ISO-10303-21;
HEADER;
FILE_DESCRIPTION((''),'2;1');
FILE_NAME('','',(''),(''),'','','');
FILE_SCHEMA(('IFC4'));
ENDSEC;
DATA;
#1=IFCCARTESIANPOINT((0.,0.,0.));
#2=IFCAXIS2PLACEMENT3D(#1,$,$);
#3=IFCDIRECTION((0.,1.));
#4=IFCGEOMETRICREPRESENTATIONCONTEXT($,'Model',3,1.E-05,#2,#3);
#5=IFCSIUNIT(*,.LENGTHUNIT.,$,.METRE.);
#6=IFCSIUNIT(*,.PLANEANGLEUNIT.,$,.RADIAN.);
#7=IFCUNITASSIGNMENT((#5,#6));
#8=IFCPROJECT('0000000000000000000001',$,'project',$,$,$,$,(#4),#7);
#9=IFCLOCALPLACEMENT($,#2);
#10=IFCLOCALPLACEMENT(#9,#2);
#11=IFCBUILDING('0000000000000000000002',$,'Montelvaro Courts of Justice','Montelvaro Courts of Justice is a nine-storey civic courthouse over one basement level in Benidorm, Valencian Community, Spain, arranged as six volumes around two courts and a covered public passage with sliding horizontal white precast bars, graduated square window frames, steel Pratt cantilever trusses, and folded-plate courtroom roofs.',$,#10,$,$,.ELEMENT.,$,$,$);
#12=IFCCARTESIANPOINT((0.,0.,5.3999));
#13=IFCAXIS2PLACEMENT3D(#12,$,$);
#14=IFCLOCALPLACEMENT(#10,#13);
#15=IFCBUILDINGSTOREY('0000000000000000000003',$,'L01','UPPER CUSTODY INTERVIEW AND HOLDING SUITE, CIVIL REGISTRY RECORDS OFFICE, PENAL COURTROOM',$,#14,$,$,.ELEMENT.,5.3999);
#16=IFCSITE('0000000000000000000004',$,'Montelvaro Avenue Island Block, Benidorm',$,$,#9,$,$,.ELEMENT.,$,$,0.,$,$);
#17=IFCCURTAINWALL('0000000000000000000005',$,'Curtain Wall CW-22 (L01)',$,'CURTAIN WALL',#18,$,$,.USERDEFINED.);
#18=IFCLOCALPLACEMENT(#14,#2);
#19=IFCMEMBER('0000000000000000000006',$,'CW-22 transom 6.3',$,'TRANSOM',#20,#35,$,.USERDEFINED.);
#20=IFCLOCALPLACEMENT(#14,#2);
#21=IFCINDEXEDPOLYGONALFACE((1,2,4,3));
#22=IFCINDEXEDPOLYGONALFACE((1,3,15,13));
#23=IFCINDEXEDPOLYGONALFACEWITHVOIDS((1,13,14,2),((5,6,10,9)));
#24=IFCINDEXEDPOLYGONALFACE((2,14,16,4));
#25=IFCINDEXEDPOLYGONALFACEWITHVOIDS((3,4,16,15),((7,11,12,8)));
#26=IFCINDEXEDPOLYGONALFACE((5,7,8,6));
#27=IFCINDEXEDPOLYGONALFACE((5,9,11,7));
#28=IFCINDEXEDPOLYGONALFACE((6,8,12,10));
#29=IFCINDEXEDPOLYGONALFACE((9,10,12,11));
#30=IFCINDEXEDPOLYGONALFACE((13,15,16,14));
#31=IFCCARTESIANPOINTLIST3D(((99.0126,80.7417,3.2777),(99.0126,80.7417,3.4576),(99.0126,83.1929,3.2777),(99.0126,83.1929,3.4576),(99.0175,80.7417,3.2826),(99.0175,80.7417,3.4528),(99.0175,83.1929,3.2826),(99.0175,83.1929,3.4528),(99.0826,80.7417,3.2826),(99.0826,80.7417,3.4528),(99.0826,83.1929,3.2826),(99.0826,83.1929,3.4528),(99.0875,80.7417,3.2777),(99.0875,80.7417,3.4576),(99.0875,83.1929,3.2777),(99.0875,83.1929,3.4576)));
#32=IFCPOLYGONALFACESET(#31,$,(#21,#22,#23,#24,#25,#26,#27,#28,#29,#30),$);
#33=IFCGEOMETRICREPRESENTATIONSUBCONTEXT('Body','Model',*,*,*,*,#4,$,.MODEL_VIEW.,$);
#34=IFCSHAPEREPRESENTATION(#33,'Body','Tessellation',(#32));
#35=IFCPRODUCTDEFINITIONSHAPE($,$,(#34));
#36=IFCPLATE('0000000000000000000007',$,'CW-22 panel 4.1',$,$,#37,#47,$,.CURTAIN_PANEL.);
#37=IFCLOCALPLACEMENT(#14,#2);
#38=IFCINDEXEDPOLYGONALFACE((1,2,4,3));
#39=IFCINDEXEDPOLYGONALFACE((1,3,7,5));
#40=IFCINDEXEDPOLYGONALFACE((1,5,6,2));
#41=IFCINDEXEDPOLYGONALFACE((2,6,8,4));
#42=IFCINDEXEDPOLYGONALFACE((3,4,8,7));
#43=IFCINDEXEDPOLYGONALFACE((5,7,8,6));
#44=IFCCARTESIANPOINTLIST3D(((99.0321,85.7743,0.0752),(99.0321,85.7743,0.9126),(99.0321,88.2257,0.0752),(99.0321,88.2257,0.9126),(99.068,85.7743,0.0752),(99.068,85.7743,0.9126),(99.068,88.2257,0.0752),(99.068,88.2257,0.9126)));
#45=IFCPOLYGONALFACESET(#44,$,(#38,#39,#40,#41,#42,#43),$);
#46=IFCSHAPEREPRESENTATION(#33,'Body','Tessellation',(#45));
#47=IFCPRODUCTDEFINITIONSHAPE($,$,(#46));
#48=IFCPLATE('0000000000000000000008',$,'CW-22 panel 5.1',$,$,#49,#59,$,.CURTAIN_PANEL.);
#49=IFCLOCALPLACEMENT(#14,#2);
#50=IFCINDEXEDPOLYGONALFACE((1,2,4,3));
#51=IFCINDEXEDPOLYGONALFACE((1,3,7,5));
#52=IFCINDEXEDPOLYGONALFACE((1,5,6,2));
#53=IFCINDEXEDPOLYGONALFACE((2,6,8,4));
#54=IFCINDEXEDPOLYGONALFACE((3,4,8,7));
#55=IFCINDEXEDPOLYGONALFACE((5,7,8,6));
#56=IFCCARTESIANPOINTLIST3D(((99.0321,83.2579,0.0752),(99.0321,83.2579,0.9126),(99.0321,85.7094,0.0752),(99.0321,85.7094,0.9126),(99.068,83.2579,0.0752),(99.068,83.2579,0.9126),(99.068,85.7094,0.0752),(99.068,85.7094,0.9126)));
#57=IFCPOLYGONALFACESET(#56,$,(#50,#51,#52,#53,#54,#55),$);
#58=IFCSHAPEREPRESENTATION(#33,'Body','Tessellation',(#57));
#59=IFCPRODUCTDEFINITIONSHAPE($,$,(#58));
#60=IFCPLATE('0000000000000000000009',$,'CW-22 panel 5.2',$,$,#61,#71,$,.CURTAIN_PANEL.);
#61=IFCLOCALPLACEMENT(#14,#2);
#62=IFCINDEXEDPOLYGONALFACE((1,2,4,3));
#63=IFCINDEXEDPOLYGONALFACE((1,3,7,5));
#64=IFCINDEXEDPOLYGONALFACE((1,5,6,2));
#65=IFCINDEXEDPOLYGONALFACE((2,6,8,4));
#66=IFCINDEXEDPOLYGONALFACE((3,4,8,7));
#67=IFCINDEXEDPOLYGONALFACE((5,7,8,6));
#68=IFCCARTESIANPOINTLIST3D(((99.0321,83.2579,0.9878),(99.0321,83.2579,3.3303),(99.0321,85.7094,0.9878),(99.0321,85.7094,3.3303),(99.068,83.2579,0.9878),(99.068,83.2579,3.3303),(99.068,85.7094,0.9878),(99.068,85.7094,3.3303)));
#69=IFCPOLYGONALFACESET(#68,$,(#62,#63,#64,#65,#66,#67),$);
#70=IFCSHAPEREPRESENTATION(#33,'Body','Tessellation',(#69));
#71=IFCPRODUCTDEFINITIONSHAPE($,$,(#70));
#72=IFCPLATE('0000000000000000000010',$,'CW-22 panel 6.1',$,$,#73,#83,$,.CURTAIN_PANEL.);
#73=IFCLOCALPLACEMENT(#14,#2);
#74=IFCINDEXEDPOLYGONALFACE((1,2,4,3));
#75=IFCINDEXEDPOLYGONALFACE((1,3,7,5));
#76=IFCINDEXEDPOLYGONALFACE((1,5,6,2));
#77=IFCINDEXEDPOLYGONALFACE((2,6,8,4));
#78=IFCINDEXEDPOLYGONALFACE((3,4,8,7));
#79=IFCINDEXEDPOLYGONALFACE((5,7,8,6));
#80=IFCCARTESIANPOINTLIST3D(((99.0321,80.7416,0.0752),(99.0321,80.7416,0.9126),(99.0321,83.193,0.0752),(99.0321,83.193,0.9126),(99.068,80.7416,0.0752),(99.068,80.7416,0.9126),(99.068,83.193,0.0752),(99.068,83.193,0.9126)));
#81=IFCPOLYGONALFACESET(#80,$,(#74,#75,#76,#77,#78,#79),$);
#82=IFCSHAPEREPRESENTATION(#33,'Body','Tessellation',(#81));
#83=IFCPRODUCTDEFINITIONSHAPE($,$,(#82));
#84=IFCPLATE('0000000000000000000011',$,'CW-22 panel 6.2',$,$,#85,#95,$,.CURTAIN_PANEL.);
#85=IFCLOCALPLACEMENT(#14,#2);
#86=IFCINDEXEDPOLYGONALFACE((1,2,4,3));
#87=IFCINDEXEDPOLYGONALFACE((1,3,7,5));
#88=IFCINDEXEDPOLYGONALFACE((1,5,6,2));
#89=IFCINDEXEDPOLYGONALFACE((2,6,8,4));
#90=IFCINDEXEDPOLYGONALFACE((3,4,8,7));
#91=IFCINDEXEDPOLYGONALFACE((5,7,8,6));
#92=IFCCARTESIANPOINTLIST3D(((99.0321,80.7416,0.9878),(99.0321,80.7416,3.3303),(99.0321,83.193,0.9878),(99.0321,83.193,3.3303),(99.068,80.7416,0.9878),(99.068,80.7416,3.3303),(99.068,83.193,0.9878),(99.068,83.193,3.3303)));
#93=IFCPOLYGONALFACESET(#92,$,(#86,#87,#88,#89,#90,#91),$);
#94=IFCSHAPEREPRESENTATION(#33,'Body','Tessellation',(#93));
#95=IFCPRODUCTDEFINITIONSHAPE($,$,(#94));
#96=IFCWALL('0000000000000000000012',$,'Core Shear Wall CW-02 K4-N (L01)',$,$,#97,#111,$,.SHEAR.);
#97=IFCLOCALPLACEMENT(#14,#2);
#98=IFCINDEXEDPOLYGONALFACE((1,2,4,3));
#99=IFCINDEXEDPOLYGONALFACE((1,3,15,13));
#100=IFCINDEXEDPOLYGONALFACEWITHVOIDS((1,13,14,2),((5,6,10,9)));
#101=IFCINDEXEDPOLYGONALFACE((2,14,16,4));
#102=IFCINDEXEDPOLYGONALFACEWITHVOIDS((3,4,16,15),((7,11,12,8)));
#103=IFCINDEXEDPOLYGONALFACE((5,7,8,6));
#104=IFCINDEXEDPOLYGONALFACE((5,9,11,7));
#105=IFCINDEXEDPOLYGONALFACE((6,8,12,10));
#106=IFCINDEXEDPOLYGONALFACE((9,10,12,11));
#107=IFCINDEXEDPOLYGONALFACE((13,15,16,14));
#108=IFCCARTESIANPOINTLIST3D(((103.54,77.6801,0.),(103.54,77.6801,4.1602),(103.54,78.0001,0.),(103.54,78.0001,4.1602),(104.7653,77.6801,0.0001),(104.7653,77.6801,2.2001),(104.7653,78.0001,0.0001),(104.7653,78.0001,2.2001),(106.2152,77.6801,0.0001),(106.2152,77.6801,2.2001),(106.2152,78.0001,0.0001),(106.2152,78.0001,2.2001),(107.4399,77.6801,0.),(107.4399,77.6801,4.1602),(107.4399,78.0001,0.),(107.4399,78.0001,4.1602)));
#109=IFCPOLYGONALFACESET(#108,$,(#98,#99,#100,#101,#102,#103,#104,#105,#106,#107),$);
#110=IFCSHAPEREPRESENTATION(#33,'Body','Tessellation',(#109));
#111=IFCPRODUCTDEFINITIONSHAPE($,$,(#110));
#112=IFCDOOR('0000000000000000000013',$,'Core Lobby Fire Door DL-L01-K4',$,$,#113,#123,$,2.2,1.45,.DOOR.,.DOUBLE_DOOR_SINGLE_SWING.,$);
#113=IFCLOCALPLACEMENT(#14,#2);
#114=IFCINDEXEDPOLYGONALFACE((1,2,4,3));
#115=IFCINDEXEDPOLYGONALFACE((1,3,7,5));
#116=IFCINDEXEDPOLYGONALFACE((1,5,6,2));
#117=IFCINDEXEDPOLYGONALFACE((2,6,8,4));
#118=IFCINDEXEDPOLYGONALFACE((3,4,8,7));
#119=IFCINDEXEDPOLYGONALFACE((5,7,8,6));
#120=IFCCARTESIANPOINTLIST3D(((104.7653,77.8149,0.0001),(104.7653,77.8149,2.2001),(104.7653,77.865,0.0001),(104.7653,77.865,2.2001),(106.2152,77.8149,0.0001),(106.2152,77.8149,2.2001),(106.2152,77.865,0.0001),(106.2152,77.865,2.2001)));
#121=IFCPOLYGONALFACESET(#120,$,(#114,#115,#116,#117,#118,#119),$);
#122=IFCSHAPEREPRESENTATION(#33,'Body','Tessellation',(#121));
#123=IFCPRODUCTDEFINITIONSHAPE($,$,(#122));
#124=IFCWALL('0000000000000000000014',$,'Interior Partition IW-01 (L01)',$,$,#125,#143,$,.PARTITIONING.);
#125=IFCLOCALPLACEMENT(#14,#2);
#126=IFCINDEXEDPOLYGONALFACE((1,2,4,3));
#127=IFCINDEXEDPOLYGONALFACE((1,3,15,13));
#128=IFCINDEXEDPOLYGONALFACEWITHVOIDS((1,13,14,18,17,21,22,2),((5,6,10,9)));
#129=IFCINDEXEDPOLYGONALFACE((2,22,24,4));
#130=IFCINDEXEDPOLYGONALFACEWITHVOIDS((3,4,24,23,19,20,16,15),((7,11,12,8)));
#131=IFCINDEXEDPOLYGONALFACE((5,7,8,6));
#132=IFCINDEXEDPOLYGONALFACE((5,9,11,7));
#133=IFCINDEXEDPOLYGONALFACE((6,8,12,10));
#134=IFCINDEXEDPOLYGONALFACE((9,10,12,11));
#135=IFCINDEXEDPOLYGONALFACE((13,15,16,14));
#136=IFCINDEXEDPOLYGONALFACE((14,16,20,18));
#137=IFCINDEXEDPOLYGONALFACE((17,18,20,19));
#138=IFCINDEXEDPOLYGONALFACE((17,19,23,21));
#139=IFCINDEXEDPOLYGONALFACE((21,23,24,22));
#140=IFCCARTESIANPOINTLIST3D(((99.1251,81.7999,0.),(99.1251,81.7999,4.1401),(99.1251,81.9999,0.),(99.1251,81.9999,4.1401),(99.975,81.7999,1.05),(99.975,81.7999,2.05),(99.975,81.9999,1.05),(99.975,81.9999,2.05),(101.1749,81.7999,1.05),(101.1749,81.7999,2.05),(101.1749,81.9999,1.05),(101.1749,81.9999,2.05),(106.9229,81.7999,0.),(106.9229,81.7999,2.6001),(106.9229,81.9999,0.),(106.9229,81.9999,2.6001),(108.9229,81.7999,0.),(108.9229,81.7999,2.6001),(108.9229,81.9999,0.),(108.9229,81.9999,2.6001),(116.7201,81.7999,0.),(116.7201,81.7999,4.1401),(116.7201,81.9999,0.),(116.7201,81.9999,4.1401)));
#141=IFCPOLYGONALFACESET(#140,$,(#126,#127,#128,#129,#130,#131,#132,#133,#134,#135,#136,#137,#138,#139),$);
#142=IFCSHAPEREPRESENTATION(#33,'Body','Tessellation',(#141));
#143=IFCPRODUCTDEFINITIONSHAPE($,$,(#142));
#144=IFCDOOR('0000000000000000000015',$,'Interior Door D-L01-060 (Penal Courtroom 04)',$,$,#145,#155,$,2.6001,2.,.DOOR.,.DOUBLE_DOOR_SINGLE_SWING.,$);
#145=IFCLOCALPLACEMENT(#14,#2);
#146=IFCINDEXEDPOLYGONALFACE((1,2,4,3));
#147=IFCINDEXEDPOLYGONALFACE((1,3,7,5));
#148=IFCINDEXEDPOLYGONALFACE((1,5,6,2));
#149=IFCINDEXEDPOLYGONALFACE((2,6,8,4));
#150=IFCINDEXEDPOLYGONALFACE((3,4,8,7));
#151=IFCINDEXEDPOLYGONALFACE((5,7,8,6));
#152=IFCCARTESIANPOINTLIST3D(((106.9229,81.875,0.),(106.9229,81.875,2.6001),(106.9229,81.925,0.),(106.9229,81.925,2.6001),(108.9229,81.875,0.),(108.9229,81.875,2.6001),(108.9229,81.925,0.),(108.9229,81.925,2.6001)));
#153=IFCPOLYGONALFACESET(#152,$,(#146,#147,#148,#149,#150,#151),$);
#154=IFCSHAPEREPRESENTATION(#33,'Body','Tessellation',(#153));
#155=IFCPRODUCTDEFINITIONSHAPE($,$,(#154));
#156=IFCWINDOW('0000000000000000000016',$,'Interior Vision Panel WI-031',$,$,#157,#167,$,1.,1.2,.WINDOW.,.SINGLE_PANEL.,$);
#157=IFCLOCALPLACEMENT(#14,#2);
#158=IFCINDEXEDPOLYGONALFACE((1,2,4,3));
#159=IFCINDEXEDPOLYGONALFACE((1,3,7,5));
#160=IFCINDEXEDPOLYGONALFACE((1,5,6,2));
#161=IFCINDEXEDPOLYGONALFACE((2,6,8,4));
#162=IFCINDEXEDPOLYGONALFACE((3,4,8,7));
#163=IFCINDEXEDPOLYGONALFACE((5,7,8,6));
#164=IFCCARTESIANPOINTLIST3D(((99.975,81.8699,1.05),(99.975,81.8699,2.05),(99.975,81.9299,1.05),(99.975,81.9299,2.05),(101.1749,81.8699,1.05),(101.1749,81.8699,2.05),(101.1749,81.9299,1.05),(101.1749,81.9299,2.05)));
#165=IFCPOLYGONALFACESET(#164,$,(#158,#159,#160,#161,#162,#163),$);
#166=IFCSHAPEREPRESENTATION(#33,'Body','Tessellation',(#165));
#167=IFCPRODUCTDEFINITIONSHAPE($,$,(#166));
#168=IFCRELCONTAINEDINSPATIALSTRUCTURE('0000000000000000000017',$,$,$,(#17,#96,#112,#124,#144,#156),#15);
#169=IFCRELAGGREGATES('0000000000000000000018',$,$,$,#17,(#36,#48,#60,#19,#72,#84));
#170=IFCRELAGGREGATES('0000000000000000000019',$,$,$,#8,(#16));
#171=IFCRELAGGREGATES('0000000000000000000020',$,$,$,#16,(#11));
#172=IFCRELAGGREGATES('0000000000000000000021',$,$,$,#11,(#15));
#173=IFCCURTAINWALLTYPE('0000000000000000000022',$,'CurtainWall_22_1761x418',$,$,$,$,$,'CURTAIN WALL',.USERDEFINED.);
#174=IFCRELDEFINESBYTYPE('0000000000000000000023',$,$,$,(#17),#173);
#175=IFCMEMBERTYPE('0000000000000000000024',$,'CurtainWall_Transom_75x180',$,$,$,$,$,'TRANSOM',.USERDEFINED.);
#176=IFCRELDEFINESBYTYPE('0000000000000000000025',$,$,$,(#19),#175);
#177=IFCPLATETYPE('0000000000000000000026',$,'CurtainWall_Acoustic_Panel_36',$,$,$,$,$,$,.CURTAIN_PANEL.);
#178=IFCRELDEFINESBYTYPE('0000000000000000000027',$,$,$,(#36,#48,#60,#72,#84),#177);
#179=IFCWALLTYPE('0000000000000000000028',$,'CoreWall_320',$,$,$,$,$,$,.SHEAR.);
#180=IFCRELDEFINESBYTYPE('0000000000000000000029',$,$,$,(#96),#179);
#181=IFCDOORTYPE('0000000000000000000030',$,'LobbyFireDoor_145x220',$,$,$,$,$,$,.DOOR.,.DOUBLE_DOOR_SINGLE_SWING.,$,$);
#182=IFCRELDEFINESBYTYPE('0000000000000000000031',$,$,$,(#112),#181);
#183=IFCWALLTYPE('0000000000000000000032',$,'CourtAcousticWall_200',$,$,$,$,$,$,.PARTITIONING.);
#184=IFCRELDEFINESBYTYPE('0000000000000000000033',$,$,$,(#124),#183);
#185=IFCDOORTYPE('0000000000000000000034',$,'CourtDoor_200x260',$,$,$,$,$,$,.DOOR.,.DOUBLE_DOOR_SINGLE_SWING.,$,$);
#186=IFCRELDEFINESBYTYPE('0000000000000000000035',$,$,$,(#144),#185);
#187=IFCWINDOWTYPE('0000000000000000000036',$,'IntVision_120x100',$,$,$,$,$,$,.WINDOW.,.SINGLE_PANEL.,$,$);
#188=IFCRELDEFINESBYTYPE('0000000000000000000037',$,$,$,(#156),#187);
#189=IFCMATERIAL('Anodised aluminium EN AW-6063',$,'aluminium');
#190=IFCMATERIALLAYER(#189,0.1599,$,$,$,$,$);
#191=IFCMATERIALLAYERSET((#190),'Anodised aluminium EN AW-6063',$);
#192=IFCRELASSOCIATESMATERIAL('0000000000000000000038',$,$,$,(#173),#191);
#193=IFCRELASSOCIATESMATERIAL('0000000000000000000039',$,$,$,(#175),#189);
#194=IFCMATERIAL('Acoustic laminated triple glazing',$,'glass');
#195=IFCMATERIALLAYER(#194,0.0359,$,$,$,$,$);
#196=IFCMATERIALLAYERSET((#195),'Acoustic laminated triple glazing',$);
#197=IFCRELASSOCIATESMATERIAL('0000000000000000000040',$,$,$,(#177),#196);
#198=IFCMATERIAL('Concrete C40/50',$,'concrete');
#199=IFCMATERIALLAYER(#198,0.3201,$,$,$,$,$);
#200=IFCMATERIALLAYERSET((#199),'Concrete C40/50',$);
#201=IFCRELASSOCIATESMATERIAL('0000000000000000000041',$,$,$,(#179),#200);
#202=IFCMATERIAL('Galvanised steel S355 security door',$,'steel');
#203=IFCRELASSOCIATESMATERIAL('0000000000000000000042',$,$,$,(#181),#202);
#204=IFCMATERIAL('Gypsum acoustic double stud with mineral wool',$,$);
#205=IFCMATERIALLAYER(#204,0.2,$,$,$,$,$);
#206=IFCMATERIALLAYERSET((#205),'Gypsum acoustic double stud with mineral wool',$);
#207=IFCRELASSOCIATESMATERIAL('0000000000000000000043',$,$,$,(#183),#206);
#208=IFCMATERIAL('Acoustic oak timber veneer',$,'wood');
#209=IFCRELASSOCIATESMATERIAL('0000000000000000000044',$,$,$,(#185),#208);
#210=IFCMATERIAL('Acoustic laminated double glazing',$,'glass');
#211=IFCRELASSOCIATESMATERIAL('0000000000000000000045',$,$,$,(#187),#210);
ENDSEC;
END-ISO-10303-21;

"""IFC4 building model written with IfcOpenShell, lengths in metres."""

from ifc_helpers import new_model, si_unit, direction, frame, frame_2d, origin, origin_2d, place, context, subcontext, project, spatial, rectangle, hollow_rectangle, extrude, material, layer, layer_set, material_profile, profile_set, type_object, element, fill, aggregate, save


model = new_model("IFC4")

# Units and contexts
model_context = context("Model", 3, precision=1e-05, world=origin(), true_north=direction((0.0, 1.0)))
body_context = subcontext(model_context, "Body", "Model", "MODEL_VIEW")
ifc_project = project(units=[si_unit("LENGTHUNIT", "METRE"), si_unit("PLANEANGLEUNIT", "RADIAN")], contexts=[model_context])

# Site, building, storey
site_placement = place(None, origin())
site = spatial("IfcSite", under=ifc_project, at=site_placement, Name="Montelvaro Avenue Island Block, Benidorm", CompositionType="ELEMENT", RefElevation=0.0)
building_placement = place(site_placement, origin())
building = spatial("IfcBuilding", under=site, at=building_placement, Name="Montelvaro Courts of Justice", Description="Montelvaro Courts of Justice is a nine-storey civic courthouse over one basement level in Benidorm, Valencian Community, Spain, arranged as six volumes around two courts and a covered public passage with sliding horizontal white precast bars, graduated square window frames, steel Pratt cantilever trusses, and folded-plate courtroom roofs.", CompositionType="ELEMENT")
storey_placement = place(building_placement, frame((0.0, 0.0, 5.3999)))
storey = spatial("IfcBuildingStorey", under=building, at=storey_placement, Name="L01", Description="UPPER CUSTODY INTERVIEW AND HOLDING SUITE, CIVIL REGISTRY RECORDS OFFICE, PENAL COURTROOM", CompositionType="ELEMENT", Elevation=5.3999)

# Curtain wall, member, plates
ifc_material_1 = material(Name="Anodised aluminium EN AW-6063", Category="aluminium")
ifc_layer_1 = layer(ifc_material_1, 0.1599)
ifc_layer_set_1 = layer_set([ifc_layer_1], Name="Anodised aluminium EN AW-6063")
curtain_wall_type = type_object("IfcCurtainWallType", Name="CurtainWall_22_1761x418", ElementType="CURTAIN WALL", PredefinedType="USERDEFINED", material=ifc_layer_set_1)
curtain_wall_placement = place(storey_placement, origin())
curtain_wall = element("IfcCurtainWall", 1, at=curtain_wall_placement, inside=storey, type_object=curtain_wall_type, Name="Curtain Wall CW-22 (L01)", ObjectType="CURTAIN WALL", PredefinedType="USERDEFINED")
ifc_material_profile_1 = material_profile(ifc_material_1, hollow_rectangle(XDim=0.075, YDim=0.1799, WallThickness=0.0049, at=origin_2d()), Name="ALU-T 75x180")
ifc_profile_set_1 = profile_set([ifc_material_profile_1], Name="Anodised aluminium EN AW-6063")
member_type_1 = type_object("IfcMemberType", Name="CurtainWall_Transom_75x180", ElementType="TRANSOM", PredefinedType="USERDEFINED", material=ifc_profile_set_1)
member_1_placement = place(storey_placement, frame((99.05, 83.1929, 3.3677), z_axis=(0.0, -1.0, 0.0), x_axis=(1.0, 0.0, 0.0)))
member_1 = element("IfcMember", 2, at=member_1_placement, type_object=member_type_1, Name="CW-22 transom 6.3", ObjectType="TRANSOM", PredefinedType="USERDEFINED", context=body_context, shape_type="SweptSolid", body=[
    extrude(hollow_rectangle(XDim=0.075, YDim=0.1799, WallThickness=0.0049, at=origin_2d()), origin(), (0.0, 0.0, 1.0), 2.4512),
])
ifc_material_2 = material(Name="Acoustic laminated triple glazing", Category="glass")
ifc_layer_2 = layer(ifc_material_2, 0.0359)
ifc_layer_set_2 = layer_set([ifc_layer_2], Name="Acoustic laminated triple glazing")
plate_type = type_object("IfcPlateType", Name="CurtainWall_Acoustic_Panel_36", PredefinedType="CURTAIN_PANEL", material=ifc_layer_set_2)
plate_1_placement = place(storey_placement, frame((99.05, 87.0, 0.0752), z_axis=(0.0, 0.0, 1.0), x_axis=(0.0, -1.0, 0.0)))
plate_1 = element("IfcPlate", 3, at=plate_1_placement, type_object=plate_type, Name="CW-22 panel 4.1", PredefinedType="CURTAIN_PANEL", context=body_context, shape_type="SweptSolid", body=[
    extrude(rectangle(XDim=2.4514, YDim=0.0359, at=origin_2d()), origin(), (0.0, 0.0, 1.0), 0.8374),
])
plate_2_placement = place(storey_placement, frame((99.05, 84.4836, 0.0752), z_axis=(0.0, 0.0, 1.0), x_axis=(0.0, -1.0, 0.0)))
plate_2 = element("IfcPlate", 4, at=plate_2_placement, type_object=plate_type, Name="CW-22 panel 5.1", PredefinedType="CURTAIN_PANEL", context=body_context, shape_type="SweptSolid", body=[
    extrude(rectangle(XDim=2.4514, YDim=0.0359, at=origin_2d()), origin(), (0.0, 0.0, 1.0), 0.8374),
])
plate_3_placement = place(storey_placement, frame((99.05, 84.4836, 0.9878), z_axis=(0.0, 0.0, 1.0), x_axis=(0.0, -1.0, 0.0)))
plate_3 = element("IfcPlate", 5, at=plate_3_placement, type_object=plate_type, Name="CW-22 panel 5.2", PredefinedType="CURTAIN_PANEL", context=body_context, shape_type="SweptSolid", body=[
    extrude(rectangle(XDim=2.4514, YDim=0.0359, at=origin_2d()), origin(), (0.0, 0.0, 1.0), 2.3425),
])
plate_4_placement = place(storey_placement, frame((99.05, 81.9673, 0.0752), z_axis=(0.0, 0.0, 1.0), x_axis=(0.0, -1.0, 0.0)))
plate_4 = element("IfcPlate", 6, at=plate_4_placement, type_object=plate_type, Name="CW-22 panel 6.1", PredefinedType="CURTAIN_PANEL", context=body_context, shape_type="SweptSolid", body=[
    extrude(rectangle(XDim=2.4514, YDim=0.0359, at=origin_2d()), origin(), (0.0, 0.0, 1.0), 0.8374),
])
plate_5_placement = place(storey_placement, frame((99.05, 81.9673, 0.9878), z_axis=(0.0, 0.0, 1.0), x_axis=(0.0, -1.0, 0.0)))
plate_5 = element("IfcPlate", 7, at=plate_5_placement, type_object=plate_type, Name="CW-22 panel 6.2", PredefinedType="CURTAIN_PANEL", context=body_context, shape_type="SweptSolid", body=[
    extrude(rectangle(XDim=2.4514, YDim=0.0359, at=origin_2d()), origin(), (0.0, 0.0, 1.0), 2.3425),
])
aggregate(curtain_wall, [plate_1, plate_2, plate_3, member_1, plate_4, plate_5])

# Wall, opening, door
ifc_material_3 = material(Name="Concrete C40/50", Category="concrete")
ifc_layer_3 = layer(ifc_material_3, 0.3201)
ifc_layer_set_3 = layer_set([ifc_layer_3], Name="Concrete C40/50")
wall_type_1 = type_object("IfcWallType", Name="CoreWall_320", PredefinedType="SHEAR", material=ifc_layer_set_3)
wall_1_placement = place(storey_placement, frame((103.54, 77.8401, 0.0), z_axis=(0.0, 0.0, 1.0), x_axis=(1.0, 0.0, 0.0)))
wall_1 = element("IfcWall", 8, at=wall_1_placement, inside=storey, type_object=wall_type_1, Name="Core Shear Wall CW-02 K4-N (L01)", PredefinedType="SHEAR", context=body_context, shape_type="SweptSolid", body=[
    extrude(rectangle(XDim=3.8999, YDim=0.3201, at=frame_2d((1.95, 0.0))), origin(), (0.0, 0.0, 1.0), 4.1602),
])
opening_1_placement = place(wall_1_placement, frame((1.2251, 0.0, 0.0)))
opening_1 = element("IfcOpeningElement", 9, at=opening_1_placement, cuts=wall_1, PredefinedType="OPENING", context=body_context, shape_type="SweptSolid", body=[
    extrude(rectangle(XDim=1.45, YDim=2.2, at=frame_2d((0.7251, 1.1001))), frame((0.0, 0.1748, 0.0), z_axis=(0.0, -1.0, 0.0), x_axis=(1.0, 0.0, 0.0)), (0.0, 0.0, 1.0), 0.3499),
])
ifc_material_4 = material(Name="Galvanised steel S355 security door", Category="steel")
door_type_1 = type_object("IfcDoorType", Name="LobbyFireDoor_145x220", OperationType="DOUBLE_DOOR_SINGLE_SWING", PredefinedType="DOOR", material=ifc_material_4)
door_1_placement = place(opening_1_placement, origin())
door_1 = element("IfcDoor", 10, at=door_1_placement, inside=storey, type_object=door_type_1, Name="Core Lobby Fire Door DL-L01-K4", OperationType="DOUBLE_DOOR_SINGLE_SWING", OverallHeight=2.2, OverallWidth=1.45, PredefinedType="DOOR", context=body_context, shape_type="SweptSolid", body=[
    extrude(rectangle(XDim=1.45, YDim=2.2, at=frame_2d((0.7251, 1.1001))), frame((0.0, 0.0249, 0.0), z_axis=(0.0, -1.0, 0.0), x_axis=(1.0, 0.0, 0.0)), (0.0, 0.0, 1.0), 0.05),
])
fill(opening_1, door_1)

# Wall, openings, door, window
ifc_material_5 = material(Name="Gypsum acoustic double stud with mineral wool")
ifc_layer_4 = layer(ifc_material_5, 0.2)
ifc_layer_set_4 = layer_set([ifc_layer_4], Name="Gypsum acoustic double stud with mineral wool")
wall_type_2 = type_object("IfcWallType", Name="CourtAcousticWall_200", PredefinedType="PARTITIONING", material=ifc_layer_set_4)
wall_2_placement = place(storey_placement, frame((116.72, 81.8999, 0.0), z_axis=(0.0, 0.0, 1.0), x_axis=(-1.0, 0.0, 0.0)))
wall_2 = element("IfcWall", 11, at=wall_2_placement, inside=storey, type_object=wall_type_2, Name="Interior Partition IW-01 (L01)", PredefinedType="PARTITIONING", context=body_context, shape_type="SweptSolid", body=[
    extrude(rectangle(XDim=17.595, YDim=0.2, at=frame_2d((8.7974, 0.0))), origin(), (0.0, 0.0, 1.0), 4.1401),
])
opening_2_placement = place(wall_2_placement, frame((7.7971, 0.0, 0.0)))
opening_2 = element("IfcOpeningElement", 12, at=opening_2_placement, cuts=wall_2, PredefinedType="OPENING", context=body_context, shape_type="SweptSolid", body=[
    extrude(rectangle(XDim=2.0, YDim=2.6001, at=frame_2d((1.0, 1.3))), frame((0.0, 0.1147, 0.0), z_axis=(0.0, -1.0, 0.0), x_axis=(1.0, 0.0, 0.0)), (0.0, 0.0, 1.0), 0.2297),
])
opening_3_placement = place(wall_2_placement, frame((15.5449, 0.0, 1.05)))
opening_3 = element("IfcOpeningElement", 13, at=opening_3_placement, cuts=wall_2, PredefinedType="OPENING", context=body_context, shape_type="SweptSolid", body=[
    extrude(rectangle(XDim=1.2, YDim=1.0, at=frame_2d((0.6001, 0.5))), frame((0.0, 0.1147, 0.0), z_axis=(0.0, -1.0, 0.0), x_axis=(1.0, 0.0, 0.0)), (0.0, 0.0, 1.0), 0.2297),
])
ifc_material_6 = material(Name="Acoustic oak timber veneer", Category="wood")
door_type_2 = type_object("IfcDoorType", Name="CourtDoor_200x260", OperationType="DOUBLE_DOOR_SINGLE_SWING", PredefinedType="DOOR", material=ifc_material_6)
door_2_placement = place(opening_2_placement, origin())
door_2 = element("IfcDoor", 14, at=door_2_placement, inside=storey, type_object=door_type_2, Name="Interior Door D-L01-060 (Penal Courtroom 04)", OperationType="DOUBLE_DOOR_SINGLE_SWING", OverallHeight=2.6001, OverallWidth=2.0, PredefinedType="DOOR", context=body_context, shape_type="SweptSolid", body=[
    extrude(rectangle(XDim=2.0, YDim=2.6001, at=frame_2d((1.0, 1.3))), frame((0.0, 0.0249, 0.0), z_axis=(0.0, -1.0, 0.0), x_axis=(1.0, 0.0, 0.0)), (0.0, 0.0, 1.0), 0.05),
])
fill(opening_2, door_2)
ifc_material_7 = material(Name="Acoustic laminated double glazing", Category="glass")
window_type = type_object("IfcWindowType", Name="IntVision_120x100", PartitioningType="SINGLE_PANEL", PredefinedType="WINDOW", material=ifc_material_7)
window_placement = place(opening_3_placement, origin())
window = element("IfcWindow", 15, at=window_placement, inside=storey, type_object=window_type, Name="Interior Vision Panel WI-031", OverallHeight=1.0, OverallWidth=1.2, PartitioningType="SINGLE_PANEL", PredefinedType="WINDOW", context=body_context, shape_type="SweptSolid", body=[
    extrude(rectangle(XDim=1.2, YDim=1.0, at=frame_2d((0.6001, 0.5))), frame((0.0, 0.03, 0.0), z_axis=(0.0, -1.0, 0.0), x_axis=(1.0, 0.0, 0.0)), (0.0, 0.0, 1.0), 0.0601),
])
fill(opening_3, window)

save(model, "model.ifc")
